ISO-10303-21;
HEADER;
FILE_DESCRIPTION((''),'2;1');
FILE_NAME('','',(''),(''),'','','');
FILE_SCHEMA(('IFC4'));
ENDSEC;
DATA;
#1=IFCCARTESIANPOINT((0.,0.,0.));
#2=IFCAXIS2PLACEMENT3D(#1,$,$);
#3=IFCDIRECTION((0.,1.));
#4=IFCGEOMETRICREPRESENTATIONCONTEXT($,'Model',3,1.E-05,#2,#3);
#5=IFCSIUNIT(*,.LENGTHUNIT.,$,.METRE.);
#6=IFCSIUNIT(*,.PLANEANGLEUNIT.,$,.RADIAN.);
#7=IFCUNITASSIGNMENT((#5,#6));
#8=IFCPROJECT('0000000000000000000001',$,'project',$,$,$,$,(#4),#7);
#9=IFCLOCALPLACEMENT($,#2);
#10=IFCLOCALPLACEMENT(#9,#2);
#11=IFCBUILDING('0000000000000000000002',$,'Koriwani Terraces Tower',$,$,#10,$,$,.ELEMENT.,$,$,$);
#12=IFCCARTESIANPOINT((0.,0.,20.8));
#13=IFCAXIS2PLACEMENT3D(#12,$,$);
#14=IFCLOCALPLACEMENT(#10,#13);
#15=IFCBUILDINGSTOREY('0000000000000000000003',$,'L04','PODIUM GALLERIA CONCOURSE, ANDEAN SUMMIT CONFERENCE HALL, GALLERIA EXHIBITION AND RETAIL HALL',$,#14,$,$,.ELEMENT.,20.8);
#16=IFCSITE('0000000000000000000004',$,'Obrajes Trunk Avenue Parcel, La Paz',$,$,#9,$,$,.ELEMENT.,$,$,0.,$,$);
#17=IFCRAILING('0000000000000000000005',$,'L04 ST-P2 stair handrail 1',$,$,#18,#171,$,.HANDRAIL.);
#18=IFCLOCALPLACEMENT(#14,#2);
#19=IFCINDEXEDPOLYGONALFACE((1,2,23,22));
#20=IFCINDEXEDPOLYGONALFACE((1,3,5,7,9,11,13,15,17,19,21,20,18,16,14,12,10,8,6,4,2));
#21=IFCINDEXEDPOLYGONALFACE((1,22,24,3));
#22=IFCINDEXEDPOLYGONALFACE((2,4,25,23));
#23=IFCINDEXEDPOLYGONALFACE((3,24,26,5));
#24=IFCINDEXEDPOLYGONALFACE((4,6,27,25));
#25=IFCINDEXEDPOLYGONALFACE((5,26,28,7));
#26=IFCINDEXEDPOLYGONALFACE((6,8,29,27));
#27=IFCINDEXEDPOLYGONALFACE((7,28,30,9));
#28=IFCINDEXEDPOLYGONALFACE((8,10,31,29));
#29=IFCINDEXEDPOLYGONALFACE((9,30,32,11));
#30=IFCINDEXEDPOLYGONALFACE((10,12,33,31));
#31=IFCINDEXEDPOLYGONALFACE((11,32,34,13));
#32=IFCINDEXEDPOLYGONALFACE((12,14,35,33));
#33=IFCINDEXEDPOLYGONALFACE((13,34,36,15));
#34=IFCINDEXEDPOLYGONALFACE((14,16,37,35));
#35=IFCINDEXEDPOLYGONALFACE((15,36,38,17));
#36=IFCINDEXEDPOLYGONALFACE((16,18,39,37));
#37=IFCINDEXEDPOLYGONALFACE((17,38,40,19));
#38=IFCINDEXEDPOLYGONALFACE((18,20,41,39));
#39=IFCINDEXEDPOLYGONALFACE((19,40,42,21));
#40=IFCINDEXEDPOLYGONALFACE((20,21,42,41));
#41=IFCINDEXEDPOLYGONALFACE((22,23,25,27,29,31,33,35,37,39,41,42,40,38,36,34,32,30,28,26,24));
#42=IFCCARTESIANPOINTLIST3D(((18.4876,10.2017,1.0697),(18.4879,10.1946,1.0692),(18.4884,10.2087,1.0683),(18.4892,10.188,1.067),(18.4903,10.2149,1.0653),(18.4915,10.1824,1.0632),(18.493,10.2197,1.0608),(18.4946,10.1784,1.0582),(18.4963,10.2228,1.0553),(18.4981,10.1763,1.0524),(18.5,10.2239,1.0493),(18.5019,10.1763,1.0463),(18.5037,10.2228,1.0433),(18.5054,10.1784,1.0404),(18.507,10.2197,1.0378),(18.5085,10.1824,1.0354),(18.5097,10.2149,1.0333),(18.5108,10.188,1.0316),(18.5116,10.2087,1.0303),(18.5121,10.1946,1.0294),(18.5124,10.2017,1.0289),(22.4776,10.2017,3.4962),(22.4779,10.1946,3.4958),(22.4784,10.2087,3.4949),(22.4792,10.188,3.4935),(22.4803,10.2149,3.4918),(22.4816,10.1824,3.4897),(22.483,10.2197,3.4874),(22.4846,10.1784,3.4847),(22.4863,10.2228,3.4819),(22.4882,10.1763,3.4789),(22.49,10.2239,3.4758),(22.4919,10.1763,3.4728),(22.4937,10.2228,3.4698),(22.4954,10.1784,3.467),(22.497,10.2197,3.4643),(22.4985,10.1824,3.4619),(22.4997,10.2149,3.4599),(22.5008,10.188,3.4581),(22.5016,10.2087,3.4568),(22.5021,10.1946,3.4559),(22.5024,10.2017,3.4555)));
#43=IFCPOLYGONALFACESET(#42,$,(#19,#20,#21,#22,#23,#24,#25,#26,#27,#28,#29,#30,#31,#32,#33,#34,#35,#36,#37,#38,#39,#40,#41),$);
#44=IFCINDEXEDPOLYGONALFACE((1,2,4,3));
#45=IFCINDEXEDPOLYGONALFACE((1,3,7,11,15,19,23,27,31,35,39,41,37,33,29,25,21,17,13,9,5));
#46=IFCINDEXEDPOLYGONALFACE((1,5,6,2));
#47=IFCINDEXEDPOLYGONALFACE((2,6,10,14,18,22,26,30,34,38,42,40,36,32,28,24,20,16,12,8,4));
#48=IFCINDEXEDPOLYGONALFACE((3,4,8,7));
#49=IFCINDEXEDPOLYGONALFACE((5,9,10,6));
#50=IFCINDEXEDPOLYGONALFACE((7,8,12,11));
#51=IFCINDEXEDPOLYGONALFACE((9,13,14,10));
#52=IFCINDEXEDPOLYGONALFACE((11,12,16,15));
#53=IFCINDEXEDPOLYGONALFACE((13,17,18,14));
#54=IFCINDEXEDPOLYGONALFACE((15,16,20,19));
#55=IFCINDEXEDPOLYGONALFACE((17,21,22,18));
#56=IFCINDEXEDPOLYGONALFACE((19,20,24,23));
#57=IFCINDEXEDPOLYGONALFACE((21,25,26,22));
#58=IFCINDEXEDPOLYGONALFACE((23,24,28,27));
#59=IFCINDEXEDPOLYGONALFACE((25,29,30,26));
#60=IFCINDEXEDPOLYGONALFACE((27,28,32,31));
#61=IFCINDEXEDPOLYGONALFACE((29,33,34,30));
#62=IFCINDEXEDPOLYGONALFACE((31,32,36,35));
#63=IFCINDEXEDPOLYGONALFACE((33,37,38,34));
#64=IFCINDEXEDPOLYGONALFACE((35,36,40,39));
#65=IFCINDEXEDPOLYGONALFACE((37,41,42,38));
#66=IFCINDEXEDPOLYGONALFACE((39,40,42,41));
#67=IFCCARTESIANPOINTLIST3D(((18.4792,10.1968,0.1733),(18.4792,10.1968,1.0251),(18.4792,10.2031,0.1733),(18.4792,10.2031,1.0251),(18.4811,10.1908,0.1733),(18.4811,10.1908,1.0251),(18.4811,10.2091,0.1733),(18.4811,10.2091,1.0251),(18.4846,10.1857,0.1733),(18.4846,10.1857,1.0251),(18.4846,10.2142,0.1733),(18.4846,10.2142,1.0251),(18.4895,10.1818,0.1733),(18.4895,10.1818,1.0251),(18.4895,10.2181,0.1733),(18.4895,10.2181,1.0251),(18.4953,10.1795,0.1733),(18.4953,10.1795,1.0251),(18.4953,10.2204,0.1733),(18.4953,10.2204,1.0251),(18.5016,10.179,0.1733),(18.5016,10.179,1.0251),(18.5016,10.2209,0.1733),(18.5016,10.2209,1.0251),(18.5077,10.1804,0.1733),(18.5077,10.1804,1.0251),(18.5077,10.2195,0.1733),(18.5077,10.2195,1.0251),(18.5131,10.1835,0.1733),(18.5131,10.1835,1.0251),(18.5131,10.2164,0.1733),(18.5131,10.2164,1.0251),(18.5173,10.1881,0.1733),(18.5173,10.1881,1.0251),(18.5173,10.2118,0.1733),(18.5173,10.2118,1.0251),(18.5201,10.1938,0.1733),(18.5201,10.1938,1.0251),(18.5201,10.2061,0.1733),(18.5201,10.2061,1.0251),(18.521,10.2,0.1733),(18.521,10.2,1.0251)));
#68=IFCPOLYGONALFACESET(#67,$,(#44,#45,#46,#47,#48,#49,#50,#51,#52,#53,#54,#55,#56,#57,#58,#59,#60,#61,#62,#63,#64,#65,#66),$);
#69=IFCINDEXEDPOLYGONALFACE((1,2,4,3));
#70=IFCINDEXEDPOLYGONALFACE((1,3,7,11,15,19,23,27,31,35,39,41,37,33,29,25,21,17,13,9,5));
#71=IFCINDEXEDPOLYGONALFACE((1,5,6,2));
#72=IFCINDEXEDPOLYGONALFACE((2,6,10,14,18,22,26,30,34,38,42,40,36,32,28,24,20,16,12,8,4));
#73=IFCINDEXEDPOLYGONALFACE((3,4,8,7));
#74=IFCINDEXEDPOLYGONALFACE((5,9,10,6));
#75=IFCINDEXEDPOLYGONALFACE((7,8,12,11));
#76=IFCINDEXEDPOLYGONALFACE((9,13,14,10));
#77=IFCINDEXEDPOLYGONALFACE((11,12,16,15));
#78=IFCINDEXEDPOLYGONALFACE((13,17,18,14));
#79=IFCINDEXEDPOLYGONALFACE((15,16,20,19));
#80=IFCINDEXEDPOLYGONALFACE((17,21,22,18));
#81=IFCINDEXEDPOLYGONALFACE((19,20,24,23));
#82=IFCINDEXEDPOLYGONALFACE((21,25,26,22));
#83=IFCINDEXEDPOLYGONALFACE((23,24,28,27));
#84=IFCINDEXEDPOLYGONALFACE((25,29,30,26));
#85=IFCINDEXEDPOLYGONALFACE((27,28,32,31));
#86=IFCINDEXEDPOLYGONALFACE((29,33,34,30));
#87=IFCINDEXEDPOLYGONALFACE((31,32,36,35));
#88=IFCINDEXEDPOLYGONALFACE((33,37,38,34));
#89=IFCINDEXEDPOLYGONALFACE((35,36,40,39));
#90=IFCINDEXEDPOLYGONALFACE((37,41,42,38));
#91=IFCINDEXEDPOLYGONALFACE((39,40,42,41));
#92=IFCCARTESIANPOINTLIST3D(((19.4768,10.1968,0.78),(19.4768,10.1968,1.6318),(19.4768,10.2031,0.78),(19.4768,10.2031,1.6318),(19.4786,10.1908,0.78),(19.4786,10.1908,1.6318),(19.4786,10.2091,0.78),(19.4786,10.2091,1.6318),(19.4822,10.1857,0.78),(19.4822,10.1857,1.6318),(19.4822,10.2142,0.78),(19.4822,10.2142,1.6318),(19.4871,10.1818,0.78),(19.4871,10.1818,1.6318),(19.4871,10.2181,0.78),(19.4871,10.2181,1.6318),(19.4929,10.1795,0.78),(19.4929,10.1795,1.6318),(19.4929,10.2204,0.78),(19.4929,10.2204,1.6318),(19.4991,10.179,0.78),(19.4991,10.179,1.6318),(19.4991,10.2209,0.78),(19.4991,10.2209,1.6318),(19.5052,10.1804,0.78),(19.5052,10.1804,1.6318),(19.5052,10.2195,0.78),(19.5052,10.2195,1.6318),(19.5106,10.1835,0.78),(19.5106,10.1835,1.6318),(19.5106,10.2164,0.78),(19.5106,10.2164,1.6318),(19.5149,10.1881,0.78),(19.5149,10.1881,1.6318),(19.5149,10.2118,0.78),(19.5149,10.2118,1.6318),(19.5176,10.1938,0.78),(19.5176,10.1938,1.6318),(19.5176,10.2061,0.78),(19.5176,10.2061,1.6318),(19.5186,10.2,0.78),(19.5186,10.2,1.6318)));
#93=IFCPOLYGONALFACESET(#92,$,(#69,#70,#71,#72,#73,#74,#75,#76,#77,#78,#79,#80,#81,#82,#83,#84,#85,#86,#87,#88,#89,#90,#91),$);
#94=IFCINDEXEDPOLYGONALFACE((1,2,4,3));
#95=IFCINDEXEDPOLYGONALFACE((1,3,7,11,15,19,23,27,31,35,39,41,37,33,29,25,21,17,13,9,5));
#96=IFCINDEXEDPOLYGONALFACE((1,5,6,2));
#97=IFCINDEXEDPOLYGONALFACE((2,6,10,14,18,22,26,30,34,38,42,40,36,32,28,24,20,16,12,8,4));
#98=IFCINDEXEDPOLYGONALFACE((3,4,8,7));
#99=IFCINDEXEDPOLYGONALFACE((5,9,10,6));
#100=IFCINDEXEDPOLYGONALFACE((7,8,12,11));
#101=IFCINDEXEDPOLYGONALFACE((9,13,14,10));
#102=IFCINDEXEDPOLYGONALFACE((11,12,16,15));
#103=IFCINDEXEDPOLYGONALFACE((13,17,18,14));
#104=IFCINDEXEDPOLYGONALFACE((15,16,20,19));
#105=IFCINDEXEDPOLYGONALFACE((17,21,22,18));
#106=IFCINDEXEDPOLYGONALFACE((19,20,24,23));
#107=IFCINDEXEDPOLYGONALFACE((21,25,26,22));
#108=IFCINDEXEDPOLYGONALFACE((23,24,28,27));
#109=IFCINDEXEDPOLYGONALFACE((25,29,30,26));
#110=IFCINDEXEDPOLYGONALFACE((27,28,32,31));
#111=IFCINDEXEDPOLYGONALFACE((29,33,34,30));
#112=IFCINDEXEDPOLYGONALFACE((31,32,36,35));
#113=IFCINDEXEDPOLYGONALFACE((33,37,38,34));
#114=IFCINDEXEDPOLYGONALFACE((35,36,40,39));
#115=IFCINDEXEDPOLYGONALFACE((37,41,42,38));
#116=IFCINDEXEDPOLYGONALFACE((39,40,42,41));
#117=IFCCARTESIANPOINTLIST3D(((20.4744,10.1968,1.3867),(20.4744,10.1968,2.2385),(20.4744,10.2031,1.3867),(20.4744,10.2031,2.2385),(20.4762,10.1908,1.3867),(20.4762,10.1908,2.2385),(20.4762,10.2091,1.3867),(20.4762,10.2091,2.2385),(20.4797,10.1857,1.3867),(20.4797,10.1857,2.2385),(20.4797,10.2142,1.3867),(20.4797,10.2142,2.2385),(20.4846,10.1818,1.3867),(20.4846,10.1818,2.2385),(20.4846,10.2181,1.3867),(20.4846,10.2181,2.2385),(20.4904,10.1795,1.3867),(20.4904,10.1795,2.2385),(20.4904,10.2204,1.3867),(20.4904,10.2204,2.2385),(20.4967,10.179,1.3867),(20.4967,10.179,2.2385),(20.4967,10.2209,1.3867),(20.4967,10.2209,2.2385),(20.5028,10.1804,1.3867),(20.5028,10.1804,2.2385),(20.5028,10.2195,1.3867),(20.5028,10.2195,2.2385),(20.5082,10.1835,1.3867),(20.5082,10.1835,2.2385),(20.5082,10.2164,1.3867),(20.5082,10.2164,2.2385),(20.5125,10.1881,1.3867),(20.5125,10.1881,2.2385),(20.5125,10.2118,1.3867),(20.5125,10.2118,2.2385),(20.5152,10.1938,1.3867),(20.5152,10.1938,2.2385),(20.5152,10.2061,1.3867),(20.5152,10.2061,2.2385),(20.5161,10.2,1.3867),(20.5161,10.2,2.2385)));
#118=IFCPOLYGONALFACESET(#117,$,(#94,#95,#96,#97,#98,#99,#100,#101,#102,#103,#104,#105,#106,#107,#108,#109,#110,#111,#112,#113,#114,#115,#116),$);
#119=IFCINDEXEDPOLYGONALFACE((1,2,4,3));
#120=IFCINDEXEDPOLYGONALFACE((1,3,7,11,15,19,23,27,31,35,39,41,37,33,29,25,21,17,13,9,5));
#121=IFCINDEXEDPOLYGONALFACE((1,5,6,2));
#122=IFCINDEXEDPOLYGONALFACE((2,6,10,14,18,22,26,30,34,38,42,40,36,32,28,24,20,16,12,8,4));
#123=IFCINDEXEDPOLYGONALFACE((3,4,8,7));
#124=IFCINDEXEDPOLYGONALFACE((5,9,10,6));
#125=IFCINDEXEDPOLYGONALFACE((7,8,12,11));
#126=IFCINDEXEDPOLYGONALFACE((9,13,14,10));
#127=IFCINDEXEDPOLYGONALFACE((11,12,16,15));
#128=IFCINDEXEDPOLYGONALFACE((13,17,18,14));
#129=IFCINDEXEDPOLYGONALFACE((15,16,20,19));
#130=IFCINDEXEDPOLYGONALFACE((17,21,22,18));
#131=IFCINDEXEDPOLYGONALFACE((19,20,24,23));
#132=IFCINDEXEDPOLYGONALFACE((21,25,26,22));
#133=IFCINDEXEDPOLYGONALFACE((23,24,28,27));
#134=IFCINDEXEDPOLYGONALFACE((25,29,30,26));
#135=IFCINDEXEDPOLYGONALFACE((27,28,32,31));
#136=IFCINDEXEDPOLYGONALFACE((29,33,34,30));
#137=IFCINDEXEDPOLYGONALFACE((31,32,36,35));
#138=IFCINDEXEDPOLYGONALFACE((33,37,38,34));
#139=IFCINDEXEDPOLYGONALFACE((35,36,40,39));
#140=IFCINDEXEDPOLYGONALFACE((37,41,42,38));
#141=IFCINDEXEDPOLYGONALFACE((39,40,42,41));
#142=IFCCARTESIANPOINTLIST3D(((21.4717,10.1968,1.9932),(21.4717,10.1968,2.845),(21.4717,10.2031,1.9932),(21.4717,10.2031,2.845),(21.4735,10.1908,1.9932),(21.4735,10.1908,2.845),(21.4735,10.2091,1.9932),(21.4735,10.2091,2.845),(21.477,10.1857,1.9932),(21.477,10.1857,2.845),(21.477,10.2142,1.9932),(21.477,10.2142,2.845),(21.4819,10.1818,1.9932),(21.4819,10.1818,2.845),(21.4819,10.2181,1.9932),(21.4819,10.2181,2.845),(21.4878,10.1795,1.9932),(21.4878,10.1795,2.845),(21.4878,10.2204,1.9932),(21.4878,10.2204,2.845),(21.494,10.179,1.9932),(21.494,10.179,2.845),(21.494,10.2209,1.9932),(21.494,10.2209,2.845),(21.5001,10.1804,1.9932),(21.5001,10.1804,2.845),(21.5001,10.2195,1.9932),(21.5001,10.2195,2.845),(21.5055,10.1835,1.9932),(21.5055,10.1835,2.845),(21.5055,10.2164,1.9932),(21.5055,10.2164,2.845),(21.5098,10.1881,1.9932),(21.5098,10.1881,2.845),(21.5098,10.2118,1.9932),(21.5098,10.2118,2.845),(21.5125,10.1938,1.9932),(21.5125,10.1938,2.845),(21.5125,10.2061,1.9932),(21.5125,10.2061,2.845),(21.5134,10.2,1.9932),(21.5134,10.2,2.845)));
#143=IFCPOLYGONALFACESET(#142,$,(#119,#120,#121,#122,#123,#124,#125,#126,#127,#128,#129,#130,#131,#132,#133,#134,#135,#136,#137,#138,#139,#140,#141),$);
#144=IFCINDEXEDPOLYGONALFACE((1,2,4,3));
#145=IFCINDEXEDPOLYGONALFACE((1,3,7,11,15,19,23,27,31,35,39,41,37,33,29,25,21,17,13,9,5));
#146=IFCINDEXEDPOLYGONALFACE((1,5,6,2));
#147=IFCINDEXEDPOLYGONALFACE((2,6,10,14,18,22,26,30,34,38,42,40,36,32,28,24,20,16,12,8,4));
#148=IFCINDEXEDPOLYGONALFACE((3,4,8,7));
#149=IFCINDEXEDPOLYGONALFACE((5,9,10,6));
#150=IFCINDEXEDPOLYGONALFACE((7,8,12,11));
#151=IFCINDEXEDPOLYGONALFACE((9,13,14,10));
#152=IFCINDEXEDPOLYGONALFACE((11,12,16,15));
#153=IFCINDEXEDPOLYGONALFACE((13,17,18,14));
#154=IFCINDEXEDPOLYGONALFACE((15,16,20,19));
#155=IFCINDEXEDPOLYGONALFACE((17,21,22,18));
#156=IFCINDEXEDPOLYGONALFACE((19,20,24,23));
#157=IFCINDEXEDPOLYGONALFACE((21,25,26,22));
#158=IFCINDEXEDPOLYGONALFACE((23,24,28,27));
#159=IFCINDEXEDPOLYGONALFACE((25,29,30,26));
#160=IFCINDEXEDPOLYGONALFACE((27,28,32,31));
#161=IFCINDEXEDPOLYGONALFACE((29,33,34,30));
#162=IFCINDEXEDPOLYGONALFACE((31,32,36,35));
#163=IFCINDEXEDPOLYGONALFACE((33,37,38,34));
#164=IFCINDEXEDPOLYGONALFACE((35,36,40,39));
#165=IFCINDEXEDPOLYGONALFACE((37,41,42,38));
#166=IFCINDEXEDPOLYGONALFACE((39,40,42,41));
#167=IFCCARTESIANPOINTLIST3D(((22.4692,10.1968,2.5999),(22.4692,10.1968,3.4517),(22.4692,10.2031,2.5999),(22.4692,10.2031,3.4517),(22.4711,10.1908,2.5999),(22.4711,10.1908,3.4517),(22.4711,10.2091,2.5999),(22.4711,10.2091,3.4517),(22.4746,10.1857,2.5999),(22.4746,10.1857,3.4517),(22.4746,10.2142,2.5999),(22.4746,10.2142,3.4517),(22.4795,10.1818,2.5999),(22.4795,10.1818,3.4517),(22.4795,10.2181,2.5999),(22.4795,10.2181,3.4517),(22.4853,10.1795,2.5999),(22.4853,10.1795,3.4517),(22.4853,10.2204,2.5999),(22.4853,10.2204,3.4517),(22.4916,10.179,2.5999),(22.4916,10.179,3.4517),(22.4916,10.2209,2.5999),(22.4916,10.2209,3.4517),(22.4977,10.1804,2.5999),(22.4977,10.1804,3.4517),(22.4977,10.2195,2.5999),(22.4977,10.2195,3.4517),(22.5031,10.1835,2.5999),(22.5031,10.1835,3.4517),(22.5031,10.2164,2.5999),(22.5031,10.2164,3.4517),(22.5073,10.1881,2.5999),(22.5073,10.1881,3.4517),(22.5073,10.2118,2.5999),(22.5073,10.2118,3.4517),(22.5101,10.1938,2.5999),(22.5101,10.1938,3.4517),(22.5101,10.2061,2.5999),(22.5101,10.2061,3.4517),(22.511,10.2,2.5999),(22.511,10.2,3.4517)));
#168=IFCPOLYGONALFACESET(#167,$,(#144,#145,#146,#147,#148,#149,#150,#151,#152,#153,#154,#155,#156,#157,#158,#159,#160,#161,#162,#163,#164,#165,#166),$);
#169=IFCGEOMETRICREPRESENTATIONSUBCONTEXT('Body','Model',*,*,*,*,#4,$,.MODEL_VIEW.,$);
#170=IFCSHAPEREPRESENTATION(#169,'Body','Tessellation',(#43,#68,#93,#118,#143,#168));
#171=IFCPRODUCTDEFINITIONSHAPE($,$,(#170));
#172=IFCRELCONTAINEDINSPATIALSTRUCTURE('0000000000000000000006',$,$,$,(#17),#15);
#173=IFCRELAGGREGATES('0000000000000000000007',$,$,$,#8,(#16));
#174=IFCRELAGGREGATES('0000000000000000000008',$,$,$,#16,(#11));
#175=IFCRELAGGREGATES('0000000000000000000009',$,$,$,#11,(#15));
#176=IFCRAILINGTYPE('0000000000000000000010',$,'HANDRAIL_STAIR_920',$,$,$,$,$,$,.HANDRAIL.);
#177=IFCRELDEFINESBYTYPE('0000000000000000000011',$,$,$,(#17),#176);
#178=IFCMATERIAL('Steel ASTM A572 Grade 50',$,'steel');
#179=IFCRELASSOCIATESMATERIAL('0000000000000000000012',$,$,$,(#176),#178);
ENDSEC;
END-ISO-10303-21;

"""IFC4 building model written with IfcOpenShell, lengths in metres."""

from ifc_helpers import new_model, si_unit, direction, frame, origin, origin_2d, place, context, subcontext, project, spatial, circle, extrude, material, type_object, element, save


model = new_model("IFC4")

# Units and contexts
model_context = context("Model", 3, precision=1e-05, world=origin(), true_north=direction((0.0, 1.0)))
body_context = subcontext(model_context, "Body", "Model", "MODEL_VIEW")
ifc_project = project(units=[si_unit("LENGTHUNIT", "METRE"), si_unit("PLANEANGLEUNIT", "RADIAN")], contexts=[model_context])

# Site, building, storey
site_placement = place(None, origin())
site = spatial("IfcSite", under=ifc_project, at=site_placement, Name="Obrajes Trunk Avenue Parcel, La Paz", CompositionType="ELEMENT", RefElevation=0.0)
building_placement = place(site_placement, origin())
building = spatial("IfcBuilding", under=site, at=building_placement, Name="Koriwani Terraces Tower", CompositionType="ELEMENT")
storey_placement = place(building_placement, frame((0.0, 0.0, 20.8)))
storey = spatial("IfcBuildingStorey", under=building, at=storey_placement, Name="L04", Description="PODIUM GALLERIA CONCOURSE, ANDEAN SUMMIT CONFERENCE HALL, GALLERIA EXHIBITION AND RETAIL HALL", CompositionType="ELEMENT", Elevation=20.8)

# Shared definitions
ifc_material_1 = material(Name="Steel ASTM A572 Grade 50", Category="steel")

# Railing
railing_type_1 = type_object("IfcRailingType", Name="HANDRAIL_STAIR_920", PredefinedType="HANDRAIL", material=ifc_material_1)
railing_1_placement = place(storey_placement, frame((18.5, 10.2, 0.1733)))
element("IfcRailing", 1, at=railing_1_placement, inside=storey, type_object=railing_type_1, Name="L04 ST-P2 stair handrail 1", PredefinedType="HANDRAIL", context=body_context, shape_type="SweptSolid", body=[
    extrude(circle(Radius=0.0239, at=origin_2d()), frame((0.0, 0.0, 0.876), z_axis=(0.854405, 0.0, 0.519607), x_axis=(0.0, 1.0, 0.0)), (0.0, 0.0, 1.0), 4.6699),
    extrude(circle(Radius=0.021, at=origin_2d()), origin(), (0.0, 0.0, 1.0), 0.8518),
    extrude(circle(Radius=0.021, at=origin_2d()), frame((0.9976, 0.0, 0.6067)), (0.0, 0.0, 1.0), 0.8518),
    extrude(circle(Radius=0.021, at=origin_2d()), frame((1.9951, 0.0, 1.2134)), (0.0, 0.0, 1.0), 0.8518),
    extrude(circle(Radius=0.021, at=origin_2d()), frame((2.9924, 0.0, 1.8198)), (0.0, 0.0, 1.0), 0.8518),
    extrude(circle(Radius=0.021, at=origin_2d()), frame((3.99, 0.0, 2.4265)), (0.0, 0.0, 1.0), 0.8518),
])

save(model, "model.ifc")
